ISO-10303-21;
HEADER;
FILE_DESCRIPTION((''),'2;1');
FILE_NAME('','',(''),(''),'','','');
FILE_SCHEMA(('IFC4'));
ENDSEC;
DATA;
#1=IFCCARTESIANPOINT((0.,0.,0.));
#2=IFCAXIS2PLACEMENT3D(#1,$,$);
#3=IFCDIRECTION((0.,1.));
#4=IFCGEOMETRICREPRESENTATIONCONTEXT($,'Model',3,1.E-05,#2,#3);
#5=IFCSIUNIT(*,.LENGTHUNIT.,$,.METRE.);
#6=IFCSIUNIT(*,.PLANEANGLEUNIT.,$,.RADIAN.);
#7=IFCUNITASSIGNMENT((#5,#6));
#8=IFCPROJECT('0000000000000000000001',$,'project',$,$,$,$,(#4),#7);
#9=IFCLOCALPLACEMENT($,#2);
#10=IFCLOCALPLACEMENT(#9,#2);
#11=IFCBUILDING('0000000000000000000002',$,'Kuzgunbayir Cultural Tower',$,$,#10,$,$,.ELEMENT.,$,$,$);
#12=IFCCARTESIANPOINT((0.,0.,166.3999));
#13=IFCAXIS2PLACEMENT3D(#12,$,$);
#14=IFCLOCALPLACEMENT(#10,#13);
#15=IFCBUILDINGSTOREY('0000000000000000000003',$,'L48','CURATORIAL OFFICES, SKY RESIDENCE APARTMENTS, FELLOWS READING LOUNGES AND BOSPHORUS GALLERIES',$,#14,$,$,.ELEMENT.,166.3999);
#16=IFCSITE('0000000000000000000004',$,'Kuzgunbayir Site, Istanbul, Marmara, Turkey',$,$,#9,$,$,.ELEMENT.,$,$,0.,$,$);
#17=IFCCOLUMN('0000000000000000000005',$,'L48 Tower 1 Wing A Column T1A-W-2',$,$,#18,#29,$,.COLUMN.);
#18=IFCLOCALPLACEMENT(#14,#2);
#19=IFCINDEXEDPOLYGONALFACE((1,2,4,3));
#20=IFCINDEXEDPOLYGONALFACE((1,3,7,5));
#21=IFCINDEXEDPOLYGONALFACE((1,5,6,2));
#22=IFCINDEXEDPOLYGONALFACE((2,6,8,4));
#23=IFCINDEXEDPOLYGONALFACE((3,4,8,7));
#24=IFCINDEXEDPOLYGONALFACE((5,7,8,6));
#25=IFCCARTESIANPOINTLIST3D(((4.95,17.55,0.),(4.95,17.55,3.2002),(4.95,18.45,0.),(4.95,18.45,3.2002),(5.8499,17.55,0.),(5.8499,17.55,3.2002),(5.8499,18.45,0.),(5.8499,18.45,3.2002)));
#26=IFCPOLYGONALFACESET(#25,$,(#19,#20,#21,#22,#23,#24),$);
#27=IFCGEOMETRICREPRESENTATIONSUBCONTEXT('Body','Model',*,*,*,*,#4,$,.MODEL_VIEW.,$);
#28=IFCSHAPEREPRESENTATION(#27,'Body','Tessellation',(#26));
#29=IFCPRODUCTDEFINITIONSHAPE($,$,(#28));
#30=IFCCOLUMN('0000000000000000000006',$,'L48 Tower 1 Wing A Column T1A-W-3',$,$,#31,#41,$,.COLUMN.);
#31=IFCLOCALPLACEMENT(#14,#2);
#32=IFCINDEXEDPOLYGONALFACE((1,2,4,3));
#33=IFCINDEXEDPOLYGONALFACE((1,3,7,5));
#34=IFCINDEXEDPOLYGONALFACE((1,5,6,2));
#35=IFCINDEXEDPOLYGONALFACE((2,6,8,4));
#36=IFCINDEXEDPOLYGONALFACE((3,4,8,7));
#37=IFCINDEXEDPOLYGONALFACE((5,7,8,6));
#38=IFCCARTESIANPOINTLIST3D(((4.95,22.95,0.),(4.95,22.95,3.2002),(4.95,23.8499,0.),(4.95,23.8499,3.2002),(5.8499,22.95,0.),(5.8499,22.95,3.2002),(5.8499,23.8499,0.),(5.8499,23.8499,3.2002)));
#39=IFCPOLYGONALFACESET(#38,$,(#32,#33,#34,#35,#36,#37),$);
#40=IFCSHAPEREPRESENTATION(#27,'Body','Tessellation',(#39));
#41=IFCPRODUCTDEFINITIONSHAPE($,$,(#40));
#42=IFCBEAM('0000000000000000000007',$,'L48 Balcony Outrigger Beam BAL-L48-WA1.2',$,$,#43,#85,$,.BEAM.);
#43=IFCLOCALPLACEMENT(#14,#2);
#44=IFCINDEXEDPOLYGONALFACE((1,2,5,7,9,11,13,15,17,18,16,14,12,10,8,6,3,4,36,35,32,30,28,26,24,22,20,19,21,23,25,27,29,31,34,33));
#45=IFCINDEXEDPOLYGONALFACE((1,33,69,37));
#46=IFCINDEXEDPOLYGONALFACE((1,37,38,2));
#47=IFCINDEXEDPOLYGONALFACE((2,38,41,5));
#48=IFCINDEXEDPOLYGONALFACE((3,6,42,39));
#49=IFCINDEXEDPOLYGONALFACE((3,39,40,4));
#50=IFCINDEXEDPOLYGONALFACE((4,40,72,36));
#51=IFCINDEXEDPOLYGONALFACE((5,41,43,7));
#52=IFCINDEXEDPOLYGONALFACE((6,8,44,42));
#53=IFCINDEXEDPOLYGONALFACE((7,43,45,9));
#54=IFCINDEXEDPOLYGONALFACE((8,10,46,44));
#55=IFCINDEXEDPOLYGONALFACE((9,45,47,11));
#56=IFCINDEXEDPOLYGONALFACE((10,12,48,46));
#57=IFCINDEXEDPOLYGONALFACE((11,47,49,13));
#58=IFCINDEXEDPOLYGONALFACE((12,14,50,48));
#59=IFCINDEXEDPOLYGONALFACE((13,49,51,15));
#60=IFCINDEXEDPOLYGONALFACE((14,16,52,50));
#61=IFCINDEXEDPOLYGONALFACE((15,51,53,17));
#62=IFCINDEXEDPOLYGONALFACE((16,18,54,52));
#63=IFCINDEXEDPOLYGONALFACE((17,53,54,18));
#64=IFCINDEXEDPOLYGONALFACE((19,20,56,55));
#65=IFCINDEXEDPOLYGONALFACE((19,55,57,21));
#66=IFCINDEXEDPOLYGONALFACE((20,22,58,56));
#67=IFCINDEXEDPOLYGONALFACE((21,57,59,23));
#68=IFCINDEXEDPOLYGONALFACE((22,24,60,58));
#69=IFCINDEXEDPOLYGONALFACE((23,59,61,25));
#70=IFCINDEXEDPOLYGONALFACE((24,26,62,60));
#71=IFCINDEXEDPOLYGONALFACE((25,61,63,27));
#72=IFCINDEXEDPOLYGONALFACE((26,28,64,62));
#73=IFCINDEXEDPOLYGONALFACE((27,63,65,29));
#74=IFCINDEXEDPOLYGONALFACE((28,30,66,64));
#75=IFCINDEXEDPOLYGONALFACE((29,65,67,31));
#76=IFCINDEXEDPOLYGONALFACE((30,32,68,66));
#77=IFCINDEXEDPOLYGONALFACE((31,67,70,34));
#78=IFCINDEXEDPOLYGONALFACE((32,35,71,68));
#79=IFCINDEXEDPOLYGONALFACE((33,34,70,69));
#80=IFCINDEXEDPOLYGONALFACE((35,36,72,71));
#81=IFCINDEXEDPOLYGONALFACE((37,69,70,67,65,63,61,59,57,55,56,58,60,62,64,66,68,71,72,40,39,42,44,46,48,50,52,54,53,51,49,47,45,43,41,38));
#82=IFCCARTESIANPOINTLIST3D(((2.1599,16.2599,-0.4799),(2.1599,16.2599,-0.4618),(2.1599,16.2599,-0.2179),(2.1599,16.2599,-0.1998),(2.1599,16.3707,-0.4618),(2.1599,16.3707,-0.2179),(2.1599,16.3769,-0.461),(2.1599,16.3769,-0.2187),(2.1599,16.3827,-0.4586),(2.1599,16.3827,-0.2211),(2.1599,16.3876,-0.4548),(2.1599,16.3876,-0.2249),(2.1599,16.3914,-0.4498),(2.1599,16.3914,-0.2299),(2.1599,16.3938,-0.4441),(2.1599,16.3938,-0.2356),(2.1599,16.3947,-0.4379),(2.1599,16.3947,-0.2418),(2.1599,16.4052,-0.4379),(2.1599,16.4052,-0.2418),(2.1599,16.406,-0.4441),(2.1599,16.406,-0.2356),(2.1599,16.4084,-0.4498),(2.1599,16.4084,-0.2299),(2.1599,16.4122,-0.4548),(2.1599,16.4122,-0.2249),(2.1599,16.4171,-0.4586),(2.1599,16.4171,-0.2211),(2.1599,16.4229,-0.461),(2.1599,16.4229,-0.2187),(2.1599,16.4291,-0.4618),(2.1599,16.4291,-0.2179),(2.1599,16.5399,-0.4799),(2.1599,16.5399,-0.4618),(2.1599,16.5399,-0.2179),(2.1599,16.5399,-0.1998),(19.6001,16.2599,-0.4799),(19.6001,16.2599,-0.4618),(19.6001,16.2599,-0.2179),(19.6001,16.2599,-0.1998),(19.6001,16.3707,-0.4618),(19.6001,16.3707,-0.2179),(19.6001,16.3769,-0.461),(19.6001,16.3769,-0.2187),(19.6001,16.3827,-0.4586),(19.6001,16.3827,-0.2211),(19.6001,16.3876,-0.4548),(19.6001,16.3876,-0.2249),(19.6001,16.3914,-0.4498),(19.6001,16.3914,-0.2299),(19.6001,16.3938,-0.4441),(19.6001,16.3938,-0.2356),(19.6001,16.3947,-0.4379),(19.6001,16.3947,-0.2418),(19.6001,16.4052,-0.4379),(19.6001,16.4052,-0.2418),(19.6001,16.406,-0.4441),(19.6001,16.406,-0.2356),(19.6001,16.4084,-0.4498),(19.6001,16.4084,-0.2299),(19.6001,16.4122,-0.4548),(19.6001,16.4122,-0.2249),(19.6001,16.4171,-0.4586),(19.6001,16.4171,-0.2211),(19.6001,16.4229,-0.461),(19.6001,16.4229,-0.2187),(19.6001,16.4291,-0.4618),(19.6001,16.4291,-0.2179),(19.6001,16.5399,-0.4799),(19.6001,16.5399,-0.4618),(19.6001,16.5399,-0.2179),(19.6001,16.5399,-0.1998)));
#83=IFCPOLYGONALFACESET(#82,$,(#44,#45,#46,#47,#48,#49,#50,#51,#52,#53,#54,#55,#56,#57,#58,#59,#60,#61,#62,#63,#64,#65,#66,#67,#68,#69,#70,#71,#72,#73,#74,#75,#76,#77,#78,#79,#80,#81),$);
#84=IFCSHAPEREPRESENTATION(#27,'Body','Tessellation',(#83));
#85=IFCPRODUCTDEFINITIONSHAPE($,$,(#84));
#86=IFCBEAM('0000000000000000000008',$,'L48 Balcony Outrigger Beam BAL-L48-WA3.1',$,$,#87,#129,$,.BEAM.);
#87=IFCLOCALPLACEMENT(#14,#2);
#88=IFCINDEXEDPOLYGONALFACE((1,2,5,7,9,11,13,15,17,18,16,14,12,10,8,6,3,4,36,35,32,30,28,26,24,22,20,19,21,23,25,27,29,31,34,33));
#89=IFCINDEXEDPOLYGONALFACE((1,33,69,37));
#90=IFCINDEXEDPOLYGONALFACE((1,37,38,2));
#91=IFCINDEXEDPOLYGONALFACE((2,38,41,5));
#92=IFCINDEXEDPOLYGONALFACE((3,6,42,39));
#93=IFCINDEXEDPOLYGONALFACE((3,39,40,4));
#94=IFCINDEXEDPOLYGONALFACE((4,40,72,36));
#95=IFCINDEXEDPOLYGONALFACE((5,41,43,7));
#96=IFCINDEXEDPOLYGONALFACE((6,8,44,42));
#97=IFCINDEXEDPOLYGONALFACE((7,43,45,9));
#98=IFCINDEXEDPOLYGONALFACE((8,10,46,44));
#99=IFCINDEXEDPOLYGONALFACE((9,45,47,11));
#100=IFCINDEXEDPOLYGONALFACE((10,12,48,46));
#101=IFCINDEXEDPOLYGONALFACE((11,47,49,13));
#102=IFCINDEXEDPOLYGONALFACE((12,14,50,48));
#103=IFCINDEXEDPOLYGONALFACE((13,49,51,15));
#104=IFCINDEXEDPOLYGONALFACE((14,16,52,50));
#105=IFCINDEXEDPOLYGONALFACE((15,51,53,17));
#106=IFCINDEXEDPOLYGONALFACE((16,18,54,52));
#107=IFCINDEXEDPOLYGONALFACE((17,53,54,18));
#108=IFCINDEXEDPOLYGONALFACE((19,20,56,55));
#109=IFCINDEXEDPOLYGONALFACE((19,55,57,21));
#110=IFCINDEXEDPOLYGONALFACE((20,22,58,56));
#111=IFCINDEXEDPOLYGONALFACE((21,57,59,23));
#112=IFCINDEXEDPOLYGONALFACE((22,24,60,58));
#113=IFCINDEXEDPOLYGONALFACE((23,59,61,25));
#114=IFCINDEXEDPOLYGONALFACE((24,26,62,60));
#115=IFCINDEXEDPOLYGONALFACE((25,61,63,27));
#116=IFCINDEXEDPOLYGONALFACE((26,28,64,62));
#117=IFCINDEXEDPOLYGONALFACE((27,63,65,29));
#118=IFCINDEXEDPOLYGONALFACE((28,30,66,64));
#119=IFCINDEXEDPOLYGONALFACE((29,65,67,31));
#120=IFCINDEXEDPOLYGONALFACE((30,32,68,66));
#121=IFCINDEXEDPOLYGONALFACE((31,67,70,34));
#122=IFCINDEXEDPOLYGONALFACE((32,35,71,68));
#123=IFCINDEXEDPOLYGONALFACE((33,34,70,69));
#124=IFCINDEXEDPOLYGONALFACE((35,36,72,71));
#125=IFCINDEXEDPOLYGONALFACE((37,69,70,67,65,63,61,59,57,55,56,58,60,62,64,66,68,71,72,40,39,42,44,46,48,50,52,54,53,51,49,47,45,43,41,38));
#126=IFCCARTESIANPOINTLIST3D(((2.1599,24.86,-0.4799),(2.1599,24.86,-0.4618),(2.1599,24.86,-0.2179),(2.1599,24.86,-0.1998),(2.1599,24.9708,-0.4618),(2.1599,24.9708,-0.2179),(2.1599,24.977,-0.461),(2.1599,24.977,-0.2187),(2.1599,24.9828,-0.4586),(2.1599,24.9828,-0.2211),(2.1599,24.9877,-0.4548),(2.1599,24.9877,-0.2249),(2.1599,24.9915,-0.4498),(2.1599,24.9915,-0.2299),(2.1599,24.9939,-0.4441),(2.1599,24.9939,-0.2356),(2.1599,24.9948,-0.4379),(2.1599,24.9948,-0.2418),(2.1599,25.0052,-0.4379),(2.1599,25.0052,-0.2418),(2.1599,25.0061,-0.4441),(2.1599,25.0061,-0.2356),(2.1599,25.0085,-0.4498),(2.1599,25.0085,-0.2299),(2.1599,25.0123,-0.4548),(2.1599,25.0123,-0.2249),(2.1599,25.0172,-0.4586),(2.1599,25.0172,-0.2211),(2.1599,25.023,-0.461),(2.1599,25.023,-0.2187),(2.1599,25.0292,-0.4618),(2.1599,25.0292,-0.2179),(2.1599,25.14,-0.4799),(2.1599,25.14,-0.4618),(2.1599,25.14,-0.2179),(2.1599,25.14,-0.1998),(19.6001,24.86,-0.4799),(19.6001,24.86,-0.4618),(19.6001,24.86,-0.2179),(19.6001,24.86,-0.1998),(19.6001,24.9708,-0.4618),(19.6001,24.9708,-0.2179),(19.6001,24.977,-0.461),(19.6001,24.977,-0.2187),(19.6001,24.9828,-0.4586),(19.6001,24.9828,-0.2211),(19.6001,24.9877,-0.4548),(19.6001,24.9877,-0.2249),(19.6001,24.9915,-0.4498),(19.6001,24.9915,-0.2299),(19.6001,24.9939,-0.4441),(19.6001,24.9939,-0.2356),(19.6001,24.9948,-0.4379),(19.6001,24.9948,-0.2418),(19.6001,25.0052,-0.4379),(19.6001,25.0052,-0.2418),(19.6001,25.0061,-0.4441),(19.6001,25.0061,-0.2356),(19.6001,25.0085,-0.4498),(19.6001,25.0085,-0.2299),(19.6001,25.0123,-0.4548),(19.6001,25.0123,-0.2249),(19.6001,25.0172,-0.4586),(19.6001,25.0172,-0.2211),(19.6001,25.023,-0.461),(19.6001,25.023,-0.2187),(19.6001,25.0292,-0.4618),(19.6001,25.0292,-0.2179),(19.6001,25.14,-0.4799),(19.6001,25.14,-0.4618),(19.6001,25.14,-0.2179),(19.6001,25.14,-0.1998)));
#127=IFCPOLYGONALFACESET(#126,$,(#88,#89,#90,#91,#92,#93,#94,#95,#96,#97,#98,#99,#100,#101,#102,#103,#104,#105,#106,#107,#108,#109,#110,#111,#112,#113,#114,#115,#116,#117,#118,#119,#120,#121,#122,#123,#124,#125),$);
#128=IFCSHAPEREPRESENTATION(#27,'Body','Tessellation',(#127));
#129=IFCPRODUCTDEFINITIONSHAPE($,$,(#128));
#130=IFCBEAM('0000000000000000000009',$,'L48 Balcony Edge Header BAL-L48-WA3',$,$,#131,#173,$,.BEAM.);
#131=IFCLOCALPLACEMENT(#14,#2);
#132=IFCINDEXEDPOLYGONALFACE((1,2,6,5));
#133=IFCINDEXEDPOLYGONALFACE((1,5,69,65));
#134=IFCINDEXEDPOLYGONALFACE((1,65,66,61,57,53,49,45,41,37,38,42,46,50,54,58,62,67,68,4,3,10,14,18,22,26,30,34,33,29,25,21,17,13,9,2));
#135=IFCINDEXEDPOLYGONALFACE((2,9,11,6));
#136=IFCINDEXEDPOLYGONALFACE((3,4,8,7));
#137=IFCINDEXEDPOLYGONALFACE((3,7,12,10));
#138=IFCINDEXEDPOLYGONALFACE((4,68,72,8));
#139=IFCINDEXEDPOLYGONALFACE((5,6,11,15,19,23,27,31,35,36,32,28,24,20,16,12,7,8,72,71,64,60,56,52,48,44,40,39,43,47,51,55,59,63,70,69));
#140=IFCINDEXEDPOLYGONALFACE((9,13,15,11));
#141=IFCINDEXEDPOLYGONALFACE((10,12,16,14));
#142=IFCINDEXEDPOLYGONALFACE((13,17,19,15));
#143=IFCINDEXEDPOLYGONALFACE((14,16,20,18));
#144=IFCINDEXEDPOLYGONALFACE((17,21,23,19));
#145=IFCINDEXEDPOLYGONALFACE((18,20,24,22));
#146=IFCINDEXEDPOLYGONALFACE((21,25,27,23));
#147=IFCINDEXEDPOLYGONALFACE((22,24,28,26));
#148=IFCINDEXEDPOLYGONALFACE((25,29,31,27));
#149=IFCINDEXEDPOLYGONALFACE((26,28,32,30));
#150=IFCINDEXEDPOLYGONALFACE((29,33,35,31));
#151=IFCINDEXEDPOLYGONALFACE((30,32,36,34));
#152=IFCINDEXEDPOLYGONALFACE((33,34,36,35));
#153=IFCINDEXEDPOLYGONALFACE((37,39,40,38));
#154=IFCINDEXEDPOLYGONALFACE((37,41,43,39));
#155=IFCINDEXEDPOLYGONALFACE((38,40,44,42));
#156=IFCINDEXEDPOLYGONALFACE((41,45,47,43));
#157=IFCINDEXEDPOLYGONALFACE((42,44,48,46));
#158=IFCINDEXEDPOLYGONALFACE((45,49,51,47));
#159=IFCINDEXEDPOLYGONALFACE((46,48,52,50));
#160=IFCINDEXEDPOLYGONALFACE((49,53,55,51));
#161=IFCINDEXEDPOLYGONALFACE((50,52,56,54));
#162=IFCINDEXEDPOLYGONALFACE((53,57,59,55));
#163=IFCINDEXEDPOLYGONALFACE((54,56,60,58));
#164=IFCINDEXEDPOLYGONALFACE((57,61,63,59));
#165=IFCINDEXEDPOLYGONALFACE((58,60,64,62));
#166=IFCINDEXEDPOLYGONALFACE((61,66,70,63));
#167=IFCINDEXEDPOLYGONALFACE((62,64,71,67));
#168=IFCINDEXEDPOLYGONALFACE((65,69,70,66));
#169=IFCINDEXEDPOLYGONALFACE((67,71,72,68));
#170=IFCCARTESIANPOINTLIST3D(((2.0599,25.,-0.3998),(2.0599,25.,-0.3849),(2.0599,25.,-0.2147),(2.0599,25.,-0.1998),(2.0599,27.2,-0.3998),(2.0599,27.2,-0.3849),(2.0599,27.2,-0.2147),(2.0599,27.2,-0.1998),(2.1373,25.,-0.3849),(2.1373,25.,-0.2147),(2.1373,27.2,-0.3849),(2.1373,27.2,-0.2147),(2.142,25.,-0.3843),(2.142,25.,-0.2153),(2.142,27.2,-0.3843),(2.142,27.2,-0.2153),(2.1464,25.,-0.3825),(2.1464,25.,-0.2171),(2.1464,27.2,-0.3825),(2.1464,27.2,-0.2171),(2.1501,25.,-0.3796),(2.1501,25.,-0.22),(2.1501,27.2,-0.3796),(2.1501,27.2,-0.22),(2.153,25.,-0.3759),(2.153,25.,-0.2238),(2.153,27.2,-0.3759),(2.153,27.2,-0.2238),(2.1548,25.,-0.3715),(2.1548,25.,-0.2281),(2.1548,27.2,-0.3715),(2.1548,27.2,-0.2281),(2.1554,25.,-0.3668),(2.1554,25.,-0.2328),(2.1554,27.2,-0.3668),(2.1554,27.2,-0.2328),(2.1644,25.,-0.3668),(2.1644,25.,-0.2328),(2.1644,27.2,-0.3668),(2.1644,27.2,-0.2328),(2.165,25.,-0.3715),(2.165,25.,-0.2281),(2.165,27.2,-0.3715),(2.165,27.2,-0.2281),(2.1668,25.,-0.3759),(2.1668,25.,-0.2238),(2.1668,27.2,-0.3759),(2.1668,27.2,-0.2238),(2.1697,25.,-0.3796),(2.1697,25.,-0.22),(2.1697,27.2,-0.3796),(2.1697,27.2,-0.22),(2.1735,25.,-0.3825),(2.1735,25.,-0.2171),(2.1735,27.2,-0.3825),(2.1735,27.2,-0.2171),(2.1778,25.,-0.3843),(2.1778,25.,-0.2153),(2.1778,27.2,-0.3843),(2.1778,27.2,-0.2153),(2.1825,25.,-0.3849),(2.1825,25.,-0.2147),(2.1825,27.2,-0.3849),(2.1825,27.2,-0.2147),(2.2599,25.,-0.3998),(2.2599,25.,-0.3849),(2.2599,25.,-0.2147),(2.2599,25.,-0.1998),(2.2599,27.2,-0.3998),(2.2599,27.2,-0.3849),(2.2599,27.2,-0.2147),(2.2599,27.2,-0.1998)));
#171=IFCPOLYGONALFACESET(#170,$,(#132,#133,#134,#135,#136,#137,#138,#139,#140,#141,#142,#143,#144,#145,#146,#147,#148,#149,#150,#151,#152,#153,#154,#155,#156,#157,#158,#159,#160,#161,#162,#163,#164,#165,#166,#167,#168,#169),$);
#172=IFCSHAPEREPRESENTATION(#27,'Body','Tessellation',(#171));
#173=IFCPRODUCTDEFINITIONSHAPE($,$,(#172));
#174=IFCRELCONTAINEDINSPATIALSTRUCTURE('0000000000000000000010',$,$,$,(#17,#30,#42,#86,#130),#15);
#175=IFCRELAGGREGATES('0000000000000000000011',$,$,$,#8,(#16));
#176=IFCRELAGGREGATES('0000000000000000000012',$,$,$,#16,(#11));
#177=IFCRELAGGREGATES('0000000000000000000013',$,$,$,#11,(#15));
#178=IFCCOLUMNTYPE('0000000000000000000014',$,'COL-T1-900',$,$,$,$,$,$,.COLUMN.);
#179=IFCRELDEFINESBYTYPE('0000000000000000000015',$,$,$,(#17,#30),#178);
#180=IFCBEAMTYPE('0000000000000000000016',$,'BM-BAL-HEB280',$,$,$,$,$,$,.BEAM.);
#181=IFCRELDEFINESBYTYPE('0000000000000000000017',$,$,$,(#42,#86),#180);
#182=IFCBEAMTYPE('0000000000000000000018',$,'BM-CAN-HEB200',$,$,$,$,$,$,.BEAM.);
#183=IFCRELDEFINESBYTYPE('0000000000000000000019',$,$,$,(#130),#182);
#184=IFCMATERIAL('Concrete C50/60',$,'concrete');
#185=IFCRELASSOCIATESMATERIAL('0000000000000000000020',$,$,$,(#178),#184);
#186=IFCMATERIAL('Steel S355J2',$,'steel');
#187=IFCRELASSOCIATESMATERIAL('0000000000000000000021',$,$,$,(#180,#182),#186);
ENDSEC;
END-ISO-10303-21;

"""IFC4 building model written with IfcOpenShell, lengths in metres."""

from ifc_helpers import new_model, si_unit, direction, frame, origin, origin_2d, place, context, subcontext, project, spatial, rectangle, i_section, extrude, material, material_profile, profile_set, type_object, element, save


model = new_model("IFC4")

# Units and contexts
model_context = context("Model", 3, precision=1e-05, world=origin(), true_north=direction((0.0, 1.0)))
body_context = subcontext(model_context, "Body", "Model", "MODEL_VIEW")
ifc_project = project(units=[si_unit("LENGTHUNIT", "METRE"), si_unit("PLANEANGLEUNIT", "RADIAN")], contexts=[model_context])

# Site, building, storey
site_placement = place(None, origin())
site = spatial("IfcSite", under=ifc_project, at=site_placement, Name="Kuzgunbayir Site, Istanbul, Marmara, Turkey", CompositionType="ELEMENT", RefElevation=0.0)
building_placement = place(site_placement, origin())
building = spatial("IfcBuilding", under=site, at=building_placement, Name="Kuzgunbayir Cultural Tower", CompositionType="ELEMENT")
storey_placement = place(building_placement, frame((0.0, 0.0, 166.3999)))
storey = spatial("IfcBuildingStorey", under=building, at=storey_placement, Name="L48", Description="CURATORIAL OFFICES, SKY RESIDENCE APARTMENTS, FELLOWS READING LOUNGES AND BOSPHORUS GALLERIES", CompositionType="ELEMENT", Elevation=166.3999)

# Columns
ifc_material_1 = material(Name="Concrete C50/60", Category="concrete")
ifc_material_profile_1 = material_profile(ifc_material_1, rectangle(XDim=0.8999, YDim=0.8999, at=origin_2d()), Name="RC 900x900")
ifc_profile_set_1 = profile_set([ifc_material_profile_1], Name="Concrete C50/60")
column_type = type_object("IfcColumnType", Name="COL-T1-900", PredefinedType="COLUMN", material=ifc_profile_set_1)
for number, where, z_axis, x_axis, name in (
    (1, (5.3999, 18.0, 0.0), (0.0, 0.0, 1.0), (1.0, 0.0, 0.0), "L48 Tower 1 Wing A Column T1A-W-2"),
    (2, (5.3999, 23.3999, 0.0), (0.0, 0.0, 1.0), (1.0, 0.0, 0.0), "L48 Tower 1 Wing A Column T1A-W-3"),
):
    element("IfcColumn", number, at=place(storey_placement, frame(where, z_axis=z_axis, x_axis=x_axis)), inside=storey, type_object=column_type, Name=name, PredefinedType="COLUMN", context=body_context, shape_type="SweptSolid", body=[
        extrude(rectangle(XDim=0.8999, YDim=0.8999, at=origin_2d()), origin(), (0.0, 0.0, 1.0), 3.2002),
    ])

# Beams
ifc_material_2 = material(Name="Steel S355J2", Category="steel")
ifc_material_profile_2 = material_profile(ifc_material_2, i_section(OverallWidth=0.28, OverallDepth=0.28, WebThickness=0.0105, FlangeThickness=0.0181, FilletRadius=0.0239, at=origin_2d()), Name="HEB 280")
ifc_profile_set_2 = profile_set([ifc_material_profile_2], Name="Steel S355J2")
beam_type_1 = type_object("IfcBeamType", Name="BM-BAL-HEB280", PredefinedType="BEAM", material=ifc_profile_set_2)
for number, where, z_axis, x_axis, name in (
    (3, (2.1599, 16.3999, -0.3398), (1.0, 0.0, 0.0), (0.0, 1.0, 0.0), "L48 Balcony Outrigger Beam BAL-L48-WA1.2"),
    (4, (2.1599, 25.0, -0.3398), (1.0, 0.0, 0.0), (0.0, 1.0, 0.0), "L48 Balcony Outrigger Beam BAL-L48-WA3.1"),
):
    element("IfcBeam", number, at=place(storey_placement, frame(where, z_axis=z_axis, x_axis=x_axis)), inside=storey, type_object=beam_type_1, Name=name, PredefinedType="BEAM", context=body_context, shape_type="SweptSolid", body=[
        extrude(i_section(OverallWidth=0.28, OverallDepth=0.28, WebThickness=0.0105, FlangeThickness=0.0181, FilletRadius=0.0239, at=origin_2d()), origin(), (0.0, 0.0, 1.0), 17.4402),
    ])
ifc_material_profile_3 = material_profile(ifc_material_2, i_section(OverallWidth=0.2, OverallDepth=0.2, WebThickness=0.009, FlangeThickness=0.0149, FilletRadius=0.0181, at=origin_2d()), Name="HEB 200")
ifc_profile_set_3 = profile_set([ifc_material_profile_3], Name="Steel S355J2")
beam_type_2 = type_object("IfcBeamType", Name="BM-CAN-HEB200", PredefinedType="BEAM", material=ifc_profile_set_3)
beam_1_placement = place(storey_placement, frame((2.1599, 25.0, -0.2998), z_axis=(0.0, 1.0, 0.0), x_axis=(-1.0, 0.0, 0.0)))
element("IfcBeam", 5, at=beam_1_placement, inside=storey, type_object=beam_type_2, Name="L48 Balcony Edge Header BAL-L48-WA3", PredefinedType="BEAM", context=body_context, shape_type="SweptSolid", body=[
    extrude(i_section(OverallWidth=0.2, OverallDepth=0.2, WebThickness=0.009, FlangeThickness=0.0149, FilletRadius=0.0181, at=origin_2d()), origin(), (0.0, 0.0, 1.0), 2.2),
])

save(model, "model.ifc")
